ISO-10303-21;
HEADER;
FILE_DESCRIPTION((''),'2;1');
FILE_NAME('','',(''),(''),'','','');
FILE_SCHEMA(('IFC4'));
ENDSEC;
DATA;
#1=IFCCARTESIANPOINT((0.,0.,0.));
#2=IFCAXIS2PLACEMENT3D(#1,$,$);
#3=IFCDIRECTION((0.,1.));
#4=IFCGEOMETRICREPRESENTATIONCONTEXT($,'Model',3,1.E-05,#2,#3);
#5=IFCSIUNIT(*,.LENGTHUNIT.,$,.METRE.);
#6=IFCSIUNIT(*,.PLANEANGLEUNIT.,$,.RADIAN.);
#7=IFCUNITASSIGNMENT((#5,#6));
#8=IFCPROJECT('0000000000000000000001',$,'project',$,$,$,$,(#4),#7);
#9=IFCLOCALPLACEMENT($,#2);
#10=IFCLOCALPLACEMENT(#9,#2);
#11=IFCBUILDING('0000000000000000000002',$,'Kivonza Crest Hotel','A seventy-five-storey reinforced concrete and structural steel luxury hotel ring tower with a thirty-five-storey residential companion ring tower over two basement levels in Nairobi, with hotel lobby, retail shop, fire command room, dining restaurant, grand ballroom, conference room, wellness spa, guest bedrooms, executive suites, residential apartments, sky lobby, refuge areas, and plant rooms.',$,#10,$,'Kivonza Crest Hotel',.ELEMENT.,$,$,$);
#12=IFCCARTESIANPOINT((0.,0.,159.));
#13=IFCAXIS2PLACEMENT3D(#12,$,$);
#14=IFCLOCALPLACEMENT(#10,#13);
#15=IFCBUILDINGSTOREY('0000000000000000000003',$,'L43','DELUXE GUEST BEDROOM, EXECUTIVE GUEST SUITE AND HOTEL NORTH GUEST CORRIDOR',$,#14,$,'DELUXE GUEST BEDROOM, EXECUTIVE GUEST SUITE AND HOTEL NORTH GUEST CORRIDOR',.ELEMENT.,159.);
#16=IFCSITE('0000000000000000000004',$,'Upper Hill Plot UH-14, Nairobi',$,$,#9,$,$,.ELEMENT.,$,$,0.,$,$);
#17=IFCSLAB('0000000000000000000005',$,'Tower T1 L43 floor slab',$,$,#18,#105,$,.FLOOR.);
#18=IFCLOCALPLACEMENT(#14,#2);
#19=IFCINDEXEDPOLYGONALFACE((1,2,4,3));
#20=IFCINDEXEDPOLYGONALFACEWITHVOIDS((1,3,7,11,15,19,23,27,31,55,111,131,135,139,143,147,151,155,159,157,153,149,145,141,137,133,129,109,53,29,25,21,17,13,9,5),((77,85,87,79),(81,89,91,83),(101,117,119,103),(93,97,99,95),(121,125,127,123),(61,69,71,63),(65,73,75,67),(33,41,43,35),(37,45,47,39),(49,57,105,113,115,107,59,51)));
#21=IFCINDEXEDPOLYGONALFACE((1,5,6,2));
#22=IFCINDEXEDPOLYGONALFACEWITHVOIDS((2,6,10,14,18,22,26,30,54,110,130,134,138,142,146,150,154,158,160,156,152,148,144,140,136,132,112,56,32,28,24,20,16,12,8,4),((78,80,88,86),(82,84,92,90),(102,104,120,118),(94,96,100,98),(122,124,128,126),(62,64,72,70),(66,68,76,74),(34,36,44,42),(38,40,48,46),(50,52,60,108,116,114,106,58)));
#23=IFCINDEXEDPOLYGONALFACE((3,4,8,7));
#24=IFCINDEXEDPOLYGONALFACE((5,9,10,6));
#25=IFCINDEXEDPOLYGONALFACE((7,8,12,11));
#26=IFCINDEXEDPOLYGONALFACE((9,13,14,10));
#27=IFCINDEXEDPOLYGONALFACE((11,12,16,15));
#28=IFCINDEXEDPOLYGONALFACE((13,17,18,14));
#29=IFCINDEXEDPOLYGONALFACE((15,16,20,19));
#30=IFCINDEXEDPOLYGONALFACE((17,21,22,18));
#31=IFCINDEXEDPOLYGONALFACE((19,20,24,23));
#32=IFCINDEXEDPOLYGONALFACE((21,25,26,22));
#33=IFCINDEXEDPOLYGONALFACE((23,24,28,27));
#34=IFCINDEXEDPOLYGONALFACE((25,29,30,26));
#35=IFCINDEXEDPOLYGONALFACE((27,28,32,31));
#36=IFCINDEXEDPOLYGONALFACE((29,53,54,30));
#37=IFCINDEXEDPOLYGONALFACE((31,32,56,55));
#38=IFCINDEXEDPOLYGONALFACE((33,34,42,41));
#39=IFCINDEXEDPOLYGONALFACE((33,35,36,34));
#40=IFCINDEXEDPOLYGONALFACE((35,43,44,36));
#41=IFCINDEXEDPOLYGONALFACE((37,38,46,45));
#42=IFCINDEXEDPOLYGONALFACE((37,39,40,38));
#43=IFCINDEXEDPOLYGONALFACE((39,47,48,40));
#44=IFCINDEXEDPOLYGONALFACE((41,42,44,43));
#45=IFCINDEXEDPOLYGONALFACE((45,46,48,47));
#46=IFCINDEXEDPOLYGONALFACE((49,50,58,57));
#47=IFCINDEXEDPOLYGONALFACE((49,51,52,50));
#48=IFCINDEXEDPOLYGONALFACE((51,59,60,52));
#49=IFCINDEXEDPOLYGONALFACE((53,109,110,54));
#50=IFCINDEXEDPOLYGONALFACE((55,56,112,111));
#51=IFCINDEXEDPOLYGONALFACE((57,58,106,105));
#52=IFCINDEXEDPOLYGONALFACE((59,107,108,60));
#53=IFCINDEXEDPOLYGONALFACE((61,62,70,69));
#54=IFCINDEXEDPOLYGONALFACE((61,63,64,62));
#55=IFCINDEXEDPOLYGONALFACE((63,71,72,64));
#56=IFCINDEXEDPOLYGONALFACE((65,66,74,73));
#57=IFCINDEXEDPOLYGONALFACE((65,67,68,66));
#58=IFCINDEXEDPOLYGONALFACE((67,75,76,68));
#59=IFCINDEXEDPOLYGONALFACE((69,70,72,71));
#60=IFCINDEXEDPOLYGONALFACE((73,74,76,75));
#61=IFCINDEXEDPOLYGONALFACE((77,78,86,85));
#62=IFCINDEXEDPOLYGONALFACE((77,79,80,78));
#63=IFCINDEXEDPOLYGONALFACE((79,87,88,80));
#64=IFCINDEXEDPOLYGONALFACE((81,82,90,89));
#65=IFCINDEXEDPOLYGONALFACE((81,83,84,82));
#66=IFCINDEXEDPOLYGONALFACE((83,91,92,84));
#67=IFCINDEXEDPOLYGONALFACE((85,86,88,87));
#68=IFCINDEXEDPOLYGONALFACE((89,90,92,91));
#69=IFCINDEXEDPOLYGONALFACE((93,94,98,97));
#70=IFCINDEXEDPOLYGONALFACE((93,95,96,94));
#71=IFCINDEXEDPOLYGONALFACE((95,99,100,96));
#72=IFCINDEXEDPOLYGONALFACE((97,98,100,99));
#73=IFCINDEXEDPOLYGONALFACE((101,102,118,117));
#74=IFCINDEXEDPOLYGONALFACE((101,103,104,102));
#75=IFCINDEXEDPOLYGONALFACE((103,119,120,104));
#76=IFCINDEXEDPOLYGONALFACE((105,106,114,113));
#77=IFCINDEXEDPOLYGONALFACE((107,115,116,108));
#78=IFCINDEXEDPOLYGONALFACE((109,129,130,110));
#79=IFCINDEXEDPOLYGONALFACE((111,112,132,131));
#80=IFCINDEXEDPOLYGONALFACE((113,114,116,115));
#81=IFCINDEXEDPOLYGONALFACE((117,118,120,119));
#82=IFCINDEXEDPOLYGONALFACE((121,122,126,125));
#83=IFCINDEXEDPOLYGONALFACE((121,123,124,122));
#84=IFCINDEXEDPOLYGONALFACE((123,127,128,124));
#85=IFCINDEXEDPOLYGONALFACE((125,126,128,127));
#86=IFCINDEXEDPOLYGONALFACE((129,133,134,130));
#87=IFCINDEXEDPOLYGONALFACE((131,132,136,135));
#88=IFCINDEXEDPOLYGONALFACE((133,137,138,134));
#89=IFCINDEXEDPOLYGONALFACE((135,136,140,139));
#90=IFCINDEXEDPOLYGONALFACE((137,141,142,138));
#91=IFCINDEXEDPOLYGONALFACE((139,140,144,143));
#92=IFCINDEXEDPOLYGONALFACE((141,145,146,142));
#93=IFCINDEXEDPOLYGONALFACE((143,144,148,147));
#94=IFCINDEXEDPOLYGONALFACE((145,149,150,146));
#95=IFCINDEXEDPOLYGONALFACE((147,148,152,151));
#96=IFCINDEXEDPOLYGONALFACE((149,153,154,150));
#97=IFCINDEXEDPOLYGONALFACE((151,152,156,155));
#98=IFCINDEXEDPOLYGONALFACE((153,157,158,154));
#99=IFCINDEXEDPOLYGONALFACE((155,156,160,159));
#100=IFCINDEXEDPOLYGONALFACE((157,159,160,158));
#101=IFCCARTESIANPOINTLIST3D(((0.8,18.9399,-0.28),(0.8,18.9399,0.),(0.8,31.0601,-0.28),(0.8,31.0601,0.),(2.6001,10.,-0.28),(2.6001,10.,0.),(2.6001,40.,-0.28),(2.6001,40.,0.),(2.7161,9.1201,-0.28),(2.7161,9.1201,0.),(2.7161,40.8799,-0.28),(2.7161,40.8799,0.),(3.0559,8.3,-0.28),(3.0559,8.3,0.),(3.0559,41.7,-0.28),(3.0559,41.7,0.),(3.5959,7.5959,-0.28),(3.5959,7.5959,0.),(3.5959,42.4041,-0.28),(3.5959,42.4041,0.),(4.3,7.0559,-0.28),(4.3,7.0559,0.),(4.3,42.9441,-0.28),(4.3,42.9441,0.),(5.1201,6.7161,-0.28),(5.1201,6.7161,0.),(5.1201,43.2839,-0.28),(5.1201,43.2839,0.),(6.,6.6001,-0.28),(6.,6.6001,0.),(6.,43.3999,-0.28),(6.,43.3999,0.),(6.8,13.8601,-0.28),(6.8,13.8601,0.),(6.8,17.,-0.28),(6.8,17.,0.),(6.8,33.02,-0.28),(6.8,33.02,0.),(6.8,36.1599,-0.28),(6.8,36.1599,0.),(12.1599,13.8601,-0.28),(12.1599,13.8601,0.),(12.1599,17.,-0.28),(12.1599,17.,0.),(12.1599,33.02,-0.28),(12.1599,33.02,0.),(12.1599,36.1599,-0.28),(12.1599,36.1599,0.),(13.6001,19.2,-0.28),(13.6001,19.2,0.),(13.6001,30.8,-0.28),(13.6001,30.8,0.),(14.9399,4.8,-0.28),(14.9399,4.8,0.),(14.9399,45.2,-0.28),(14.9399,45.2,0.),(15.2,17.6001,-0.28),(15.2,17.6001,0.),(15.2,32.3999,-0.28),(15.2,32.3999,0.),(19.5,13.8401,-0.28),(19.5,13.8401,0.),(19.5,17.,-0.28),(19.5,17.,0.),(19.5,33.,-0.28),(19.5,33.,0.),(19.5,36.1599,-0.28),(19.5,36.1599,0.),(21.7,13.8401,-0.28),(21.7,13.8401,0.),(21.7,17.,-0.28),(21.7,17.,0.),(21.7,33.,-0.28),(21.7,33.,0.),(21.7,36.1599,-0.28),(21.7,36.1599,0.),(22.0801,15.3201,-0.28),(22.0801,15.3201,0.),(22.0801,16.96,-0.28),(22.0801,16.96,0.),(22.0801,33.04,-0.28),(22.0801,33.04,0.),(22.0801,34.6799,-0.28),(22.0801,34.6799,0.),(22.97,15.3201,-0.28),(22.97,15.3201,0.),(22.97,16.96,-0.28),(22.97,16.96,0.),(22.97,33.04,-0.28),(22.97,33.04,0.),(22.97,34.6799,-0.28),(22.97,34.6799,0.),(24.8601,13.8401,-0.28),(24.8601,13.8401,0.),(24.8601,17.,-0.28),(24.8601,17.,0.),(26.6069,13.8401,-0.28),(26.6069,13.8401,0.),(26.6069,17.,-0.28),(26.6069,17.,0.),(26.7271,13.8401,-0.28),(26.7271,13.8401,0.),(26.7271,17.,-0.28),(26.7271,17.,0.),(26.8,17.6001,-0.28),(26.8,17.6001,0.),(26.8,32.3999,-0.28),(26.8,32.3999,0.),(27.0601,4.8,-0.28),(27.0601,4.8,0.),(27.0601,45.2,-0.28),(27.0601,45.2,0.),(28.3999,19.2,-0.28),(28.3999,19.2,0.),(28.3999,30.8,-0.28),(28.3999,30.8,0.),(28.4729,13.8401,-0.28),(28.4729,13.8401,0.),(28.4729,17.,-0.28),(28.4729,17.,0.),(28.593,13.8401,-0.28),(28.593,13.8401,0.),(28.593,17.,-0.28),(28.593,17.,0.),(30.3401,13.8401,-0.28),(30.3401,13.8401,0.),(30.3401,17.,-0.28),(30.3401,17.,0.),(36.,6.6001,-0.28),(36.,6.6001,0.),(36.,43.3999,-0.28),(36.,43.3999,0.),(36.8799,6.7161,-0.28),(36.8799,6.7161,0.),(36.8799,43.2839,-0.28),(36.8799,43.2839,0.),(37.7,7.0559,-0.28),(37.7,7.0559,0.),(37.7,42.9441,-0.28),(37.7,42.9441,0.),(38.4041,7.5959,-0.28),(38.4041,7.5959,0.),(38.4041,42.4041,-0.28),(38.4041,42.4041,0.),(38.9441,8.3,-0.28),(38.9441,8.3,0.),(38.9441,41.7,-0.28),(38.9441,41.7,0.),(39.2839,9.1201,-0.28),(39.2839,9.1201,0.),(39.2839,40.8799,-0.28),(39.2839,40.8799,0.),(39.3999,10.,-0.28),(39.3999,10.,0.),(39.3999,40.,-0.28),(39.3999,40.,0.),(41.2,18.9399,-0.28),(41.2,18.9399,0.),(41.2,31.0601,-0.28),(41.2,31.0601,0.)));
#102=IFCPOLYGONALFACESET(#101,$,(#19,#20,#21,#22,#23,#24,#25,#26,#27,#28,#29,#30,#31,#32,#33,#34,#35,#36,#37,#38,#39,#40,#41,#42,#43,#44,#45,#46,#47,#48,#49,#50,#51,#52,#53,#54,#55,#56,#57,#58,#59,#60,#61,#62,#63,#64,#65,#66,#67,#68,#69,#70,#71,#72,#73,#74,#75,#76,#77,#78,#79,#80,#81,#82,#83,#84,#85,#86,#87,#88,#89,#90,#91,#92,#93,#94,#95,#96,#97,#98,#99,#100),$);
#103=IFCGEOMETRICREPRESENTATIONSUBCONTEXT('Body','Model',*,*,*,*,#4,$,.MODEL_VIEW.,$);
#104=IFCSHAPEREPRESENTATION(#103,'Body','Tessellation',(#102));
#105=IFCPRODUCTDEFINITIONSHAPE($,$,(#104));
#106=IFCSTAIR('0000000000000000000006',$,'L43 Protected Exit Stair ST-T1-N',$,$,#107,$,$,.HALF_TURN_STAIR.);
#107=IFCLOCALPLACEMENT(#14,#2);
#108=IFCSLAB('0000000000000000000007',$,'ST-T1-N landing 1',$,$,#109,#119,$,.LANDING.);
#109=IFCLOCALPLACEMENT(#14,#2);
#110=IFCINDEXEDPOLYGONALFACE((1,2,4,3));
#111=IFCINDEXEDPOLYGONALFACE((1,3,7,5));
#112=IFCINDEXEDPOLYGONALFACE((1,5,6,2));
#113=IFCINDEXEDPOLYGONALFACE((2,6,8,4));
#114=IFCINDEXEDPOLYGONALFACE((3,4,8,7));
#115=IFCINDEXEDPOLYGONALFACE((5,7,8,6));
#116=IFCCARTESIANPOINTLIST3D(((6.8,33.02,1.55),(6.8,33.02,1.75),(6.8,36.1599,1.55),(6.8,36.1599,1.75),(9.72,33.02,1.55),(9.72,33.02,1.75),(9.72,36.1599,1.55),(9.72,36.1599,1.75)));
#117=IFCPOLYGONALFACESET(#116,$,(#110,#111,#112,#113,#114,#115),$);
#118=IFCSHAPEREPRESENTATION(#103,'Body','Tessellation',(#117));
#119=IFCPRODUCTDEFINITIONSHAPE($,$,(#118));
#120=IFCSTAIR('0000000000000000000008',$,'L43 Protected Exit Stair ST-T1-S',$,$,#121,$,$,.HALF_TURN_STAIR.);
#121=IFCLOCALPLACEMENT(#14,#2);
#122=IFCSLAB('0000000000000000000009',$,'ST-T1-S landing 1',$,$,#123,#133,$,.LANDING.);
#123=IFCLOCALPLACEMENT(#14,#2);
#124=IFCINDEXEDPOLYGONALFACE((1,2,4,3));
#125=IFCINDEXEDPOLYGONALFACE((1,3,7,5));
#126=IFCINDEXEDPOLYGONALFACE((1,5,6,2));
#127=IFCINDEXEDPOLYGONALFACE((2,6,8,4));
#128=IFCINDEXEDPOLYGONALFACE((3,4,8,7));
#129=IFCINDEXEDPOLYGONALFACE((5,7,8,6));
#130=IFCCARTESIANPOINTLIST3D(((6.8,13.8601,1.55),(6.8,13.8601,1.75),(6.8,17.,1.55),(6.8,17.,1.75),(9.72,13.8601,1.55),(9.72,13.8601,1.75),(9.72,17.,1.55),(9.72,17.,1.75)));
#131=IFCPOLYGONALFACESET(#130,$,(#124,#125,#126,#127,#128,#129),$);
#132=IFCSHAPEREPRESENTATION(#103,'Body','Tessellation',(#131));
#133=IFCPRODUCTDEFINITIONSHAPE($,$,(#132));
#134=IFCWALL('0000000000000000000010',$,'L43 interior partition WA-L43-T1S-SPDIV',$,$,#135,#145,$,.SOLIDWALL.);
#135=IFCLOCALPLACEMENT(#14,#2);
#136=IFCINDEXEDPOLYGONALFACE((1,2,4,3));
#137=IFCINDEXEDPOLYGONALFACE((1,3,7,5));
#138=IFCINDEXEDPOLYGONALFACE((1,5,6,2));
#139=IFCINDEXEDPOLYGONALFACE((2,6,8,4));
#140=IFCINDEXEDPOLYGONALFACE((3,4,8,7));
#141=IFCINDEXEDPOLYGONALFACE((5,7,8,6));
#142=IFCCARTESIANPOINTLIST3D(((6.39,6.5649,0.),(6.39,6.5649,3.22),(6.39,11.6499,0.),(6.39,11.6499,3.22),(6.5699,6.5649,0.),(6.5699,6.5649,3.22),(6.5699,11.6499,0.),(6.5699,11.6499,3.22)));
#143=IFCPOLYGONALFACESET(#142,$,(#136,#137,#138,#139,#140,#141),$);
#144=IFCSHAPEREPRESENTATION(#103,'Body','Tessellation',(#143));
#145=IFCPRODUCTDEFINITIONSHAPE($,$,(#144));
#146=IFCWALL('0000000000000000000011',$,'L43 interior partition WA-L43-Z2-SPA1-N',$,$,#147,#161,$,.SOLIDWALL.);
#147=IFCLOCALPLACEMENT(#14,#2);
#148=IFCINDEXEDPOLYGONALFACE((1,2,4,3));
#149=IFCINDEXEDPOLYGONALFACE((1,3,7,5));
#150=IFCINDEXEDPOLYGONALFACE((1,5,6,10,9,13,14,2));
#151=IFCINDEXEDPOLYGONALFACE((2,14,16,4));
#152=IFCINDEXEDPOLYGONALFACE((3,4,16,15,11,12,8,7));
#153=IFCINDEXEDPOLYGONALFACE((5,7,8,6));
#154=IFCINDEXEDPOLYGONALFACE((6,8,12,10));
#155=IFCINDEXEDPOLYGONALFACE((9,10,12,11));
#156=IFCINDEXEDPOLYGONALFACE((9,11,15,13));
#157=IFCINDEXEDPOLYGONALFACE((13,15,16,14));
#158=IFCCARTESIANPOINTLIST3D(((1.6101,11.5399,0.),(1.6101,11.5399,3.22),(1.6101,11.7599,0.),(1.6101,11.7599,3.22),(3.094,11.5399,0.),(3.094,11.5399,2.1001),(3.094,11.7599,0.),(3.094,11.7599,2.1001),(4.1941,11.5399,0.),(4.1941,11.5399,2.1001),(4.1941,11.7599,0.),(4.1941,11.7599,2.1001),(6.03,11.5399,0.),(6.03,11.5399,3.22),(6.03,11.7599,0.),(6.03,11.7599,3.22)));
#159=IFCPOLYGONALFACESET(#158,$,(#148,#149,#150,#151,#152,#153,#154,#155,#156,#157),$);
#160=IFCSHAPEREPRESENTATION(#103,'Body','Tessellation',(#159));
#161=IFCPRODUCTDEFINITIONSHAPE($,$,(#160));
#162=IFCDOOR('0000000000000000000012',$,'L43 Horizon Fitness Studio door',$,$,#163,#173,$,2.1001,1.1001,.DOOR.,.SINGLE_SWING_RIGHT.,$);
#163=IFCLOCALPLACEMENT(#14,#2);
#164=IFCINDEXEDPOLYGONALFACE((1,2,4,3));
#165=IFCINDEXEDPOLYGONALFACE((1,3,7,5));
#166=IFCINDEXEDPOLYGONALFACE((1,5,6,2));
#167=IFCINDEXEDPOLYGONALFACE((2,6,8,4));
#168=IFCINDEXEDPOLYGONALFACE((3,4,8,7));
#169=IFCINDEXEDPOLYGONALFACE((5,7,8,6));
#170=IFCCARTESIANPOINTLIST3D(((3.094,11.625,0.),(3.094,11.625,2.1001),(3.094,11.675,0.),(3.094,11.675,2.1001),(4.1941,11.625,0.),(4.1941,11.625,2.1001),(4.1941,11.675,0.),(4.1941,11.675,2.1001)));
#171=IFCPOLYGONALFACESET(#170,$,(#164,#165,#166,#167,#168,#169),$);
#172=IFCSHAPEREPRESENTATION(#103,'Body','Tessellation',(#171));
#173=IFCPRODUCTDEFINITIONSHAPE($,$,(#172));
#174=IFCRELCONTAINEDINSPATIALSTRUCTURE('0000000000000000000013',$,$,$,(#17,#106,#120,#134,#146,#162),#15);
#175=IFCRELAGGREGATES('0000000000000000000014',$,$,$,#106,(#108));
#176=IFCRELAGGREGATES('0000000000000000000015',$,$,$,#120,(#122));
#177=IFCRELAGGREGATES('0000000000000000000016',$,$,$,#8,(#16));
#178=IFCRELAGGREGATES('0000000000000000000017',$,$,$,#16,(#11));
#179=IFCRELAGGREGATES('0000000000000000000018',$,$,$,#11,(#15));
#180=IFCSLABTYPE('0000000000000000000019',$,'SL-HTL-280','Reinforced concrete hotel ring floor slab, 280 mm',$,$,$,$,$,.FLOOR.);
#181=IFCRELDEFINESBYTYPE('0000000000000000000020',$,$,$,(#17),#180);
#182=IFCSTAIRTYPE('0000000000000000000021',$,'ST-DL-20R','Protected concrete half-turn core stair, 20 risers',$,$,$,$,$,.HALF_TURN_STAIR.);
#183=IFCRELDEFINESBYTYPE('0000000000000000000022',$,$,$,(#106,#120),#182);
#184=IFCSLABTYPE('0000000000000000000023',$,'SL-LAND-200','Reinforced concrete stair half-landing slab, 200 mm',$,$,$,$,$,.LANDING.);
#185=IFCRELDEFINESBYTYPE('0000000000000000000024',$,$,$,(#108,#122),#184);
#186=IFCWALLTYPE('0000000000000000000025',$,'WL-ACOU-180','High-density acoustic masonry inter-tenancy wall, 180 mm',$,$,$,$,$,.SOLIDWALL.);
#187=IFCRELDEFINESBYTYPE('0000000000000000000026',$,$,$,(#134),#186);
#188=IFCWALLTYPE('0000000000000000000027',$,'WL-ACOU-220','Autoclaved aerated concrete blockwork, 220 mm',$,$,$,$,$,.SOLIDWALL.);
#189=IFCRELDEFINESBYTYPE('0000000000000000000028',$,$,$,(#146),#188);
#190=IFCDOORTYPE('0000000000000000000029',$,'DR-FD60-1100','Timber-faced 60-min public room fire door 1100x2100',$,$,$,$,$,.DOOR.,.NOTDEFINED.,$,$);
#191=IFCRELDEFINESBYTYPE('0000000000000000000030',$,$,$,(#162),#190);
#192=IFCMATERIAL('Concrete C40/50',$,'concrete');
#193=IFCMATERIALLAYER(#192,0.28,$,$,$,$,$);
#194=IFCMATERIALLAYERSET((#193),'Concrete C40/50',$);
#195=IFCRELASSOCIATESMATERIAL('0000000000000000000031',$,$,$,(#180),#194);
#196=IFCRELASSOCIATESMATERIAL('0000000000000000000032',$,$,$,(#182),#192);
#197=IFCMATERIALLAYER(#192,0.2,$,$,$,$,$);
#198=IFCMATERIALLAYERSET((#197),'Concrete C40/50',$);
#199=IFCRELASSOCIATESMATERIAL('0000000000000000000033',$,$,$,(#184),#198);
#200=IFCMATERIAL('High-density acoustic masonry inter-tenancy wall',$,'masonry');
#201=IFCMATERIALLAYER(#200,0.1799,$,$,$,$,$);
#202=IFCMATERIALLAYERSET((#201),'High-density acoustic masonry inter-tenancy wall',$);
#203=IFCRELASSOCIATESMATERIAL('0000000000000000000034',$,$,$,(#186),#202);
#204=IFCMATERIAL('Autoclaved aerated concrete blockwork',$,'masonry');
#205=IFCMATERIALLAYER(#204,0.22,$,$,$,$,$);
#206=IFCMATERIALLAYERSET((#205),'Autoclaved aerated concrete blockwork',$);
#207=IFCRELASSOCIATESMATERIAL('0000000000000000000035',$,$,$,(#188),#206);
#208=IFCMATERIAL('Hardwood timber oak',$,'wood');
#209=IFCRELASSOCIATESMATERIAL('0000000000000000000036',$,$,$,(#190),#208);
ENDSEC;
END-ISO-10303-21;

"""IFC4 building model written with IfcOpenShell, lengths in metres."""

from ifc_helpers import new_model, si_unit, direction, frame, frame_2d, origin, place, context, subcontext, project, spatial, polyline, rectangle, outline, extrude, material, layer, layer_set, type_object, element, fill, aggregate, save


model = new_model("IFC4")

# Units and contexts
model_context = context("Model", 3, precision=1e-05, world=origin(), true_north=direction((0.0, 1.0)))
body_context = subcontext(model_context, "Body", "Model", "MODEL_VIEW")
ifc_project = project(units=[si_unit("LENGTHUNIT", "METRE"), si_unit("PLANEANGLEUNIT", "RADIAN")], contexts=[model_context])

# Site, building, storey
site_placement = place(None, origin())
site = spatial("IfcSite", under=ifc_project, at=site_placement, Name="Upper Hill Plot UH-14, Nairobi", CompositionType="ELEMENT", RefElevation=0.0)
building_placement = place(site_placement, origin())
building = spatial("IfcBuilding", under=site, at=building_placement, Name="Kivonza Crest Hotel", Description="A seventy-five-storey reinforced concrete and structural steel luxury hotel ring tower with a thirty-five-storey residential companion ring tower over two basement levels in Nairobi, with hotel lobby, retail shop, fire command room, dining restaurant, grand ballroom, conference room, wellness spa, guest bedrooms, executive suites, residential apartments, sky lobby, refuge areas, and plant rooms.", LongName="Kivonza Crest Hotel", CompositionType="ELEMENT")
storey_placement = place(building_placement, frame((0.0, 0.0, 159.0)))
storey = spatial("IfcBuildingStorey", under=building, at=storey_placement, Name="L43", Description="DELUXE GUEST BEDROOM, EXECUTIVE GUEST SUITE AND HOTEL NORTH GUEST CORRIDOR", LongName="DELUXE GUEST BEDROOM, EXECUTIVE GUEST SUITE AND HOTEL NORTH GUEST CORRIDOR", CompositionType="ELEMENT", Elevation=159.0)

# Slab
ifc_material_1 = material(Name="Concrete C40/50", Category="concrete")
ifc_layer_1 = layer(ifc_material_1, 0.28)
ifc_layer_set_1 = layer_set([ifc_layer_1], Name="Concrete C40/50")
slab_type_1 = type_object("IfcSlabType", Name="SL-HTL-280", Description="Reinforced concrete hotel ring floor slab, 280 mm", PredefinedType="FLOOR", material=ifc_layer_set_1)
slab_1_placement = place(storey_placement, frame((0.0, 0.0, -0.28)))
element("IfcSlab", 1, at=slab_1_placement, inside=storey, type_object=slab_type_1, Name="Tower T1 L43 floor slab", PredefinedType="FLOOR", context=body_context, shape_type="SweptSolid", body=[
    extrude(outline(polyline([(2.6001, 10.0), (2.7161, 9.1201), (3.0559, 8.3), (3.5959, 7.5959), (4.3, 7.0559), (5.1201, 6.7161), (6.0, 6.6001), (14.9399, 4.8), (27.0601, 4.8), (36.0, 6.6001), (36.8799, 6.7161), (37.7, 7.0559), (38.4041, 7.5959), (38.9441, 8.3), (39.2839, 9.1201), (39.3999, 10.0), (41.2, 18.9399), (41.2, 31.0601), (39.3999, 40.0), (39.2839, 40.8799), (38.9441, 41.7), (38.4041, 42.4041), (37.7, 42.9441), (36.8799, 43.2839), (36.0, 43.3999), (27.0601, 45.2), (14.9399, 45.2), (6.0, 43.3999), (5.1201, 43.2839), (4.3, 42.9441), (3.5959, 42.4041), (3.0559, 41.7), (2.7161, 40.8799), (2.6001, 40.0), (0.8, 31.0601), (0.8, 18.9399), (2.6001, 10.0)]), holes=[polyline([(15.2, 17.6001), (26.8, 17.6001), (28.3999, 19.2), (28.3999, 30.8), (26.8, 32.3999), (15.2, 32.3999), (13.6001, 30.8), (13.6001, 19.2), (15.2, 17.6001)]), polyline([(6.8, 33.02), (12.1599, 33.02), (12.1599, 36.1599), (6.8, 36.1599), (6.8, 33.02)]), polyline([(6.8, 13.8601), (12.1599, 13.8601), (12.1599, 17.0), (6.8, 17.0), (6.8, 13.8601)]), polyline([(22.0801, 33.04), (22.97, 33.04), (22.97, 34.6799), (22.0801, 34.6799), (22.0801, 33.04)]), polyline([(22.0801, 15.3201), (22.97, 15.3201), (22.97, 16.96), (22.0801, 16.96), (22.0801, 15.3201)]), polyline([(19.5, 33.0), (21.7, 33.0), (21.7, 36.1599), (19.5, 36.1599), (19.5, 33.0)]), polyline([(19.5, 13.8401), (21.7, 13.8401), (21.7, 17.0), (19.5, 17.0), (19.5, 13.8401)]), polyline([(24.8601, 13.8401), (26.6069, 13.8401), (26.6069, 17.0), (24.8601, 17.0), (24.8601, 13.8401)]), polyline([(26.7271, 13.8401), (28.4729, 13.8401), (28.4729, 17.0), (26.7271, 17.0), (26.7271, 13.8401)]), polyline([(28.593, 13.8401), (30.3401, 13.8401), (30.3401, 17.0), (28.593, 17.0), (28.593, 13.8401)])]), origin(), (0.0, 0.0, 1.0), 0.28),
])

# Stairs, slabs
stair_type = type_object("IfcStairType", Name="ST-DL-20R", Description="Protected concrete half-turn core stair, 20 risers", PredefinedType="HALF_TURN_STAIR", material=ifc_material_1)
stair_1_placement = place(storey_placement, origin())
stair_1 = element("IfcStair", 2, at=stair_1_placement, inside=storey, type_object=stair_type, Name="L43 Protected Exit Stair ST-T1-N", PredefinedType="HALF_TURN_STAIR")
ifc_layer_2 = layer(ifc_material_1, 0.2)
ifc_layer_set_2 = layer_set([ifc_layer_2], Name="Concrete C40/50")
slab_type_2 = type_object("IfcSlabType", Name="SL-LAND-200", Description="Reinforced concrete stair half-landing slab, 200 mm", PredefinedType="LANDING", material=ifc_layer_set_2)
slab_2_placement = place(storey_placement, frame((0.0, 0.0, 1.55)))
slab_2 = element("IfcSlab", 3, at=slab_2_placement, type_object=slab_type_2, Name="ST-T1-N landing 1", PredefinedType="LANDING", context=body_context, shape_type="SweptSolid", body=[
    extrude(outline(polyline([(9.72, 36.1599), (6.8, 36.1599), (6.8, 33.02), (9.72, 33.02), (9.72, 36.1599)])), origin(), (0.0, 0.0, 1.0), 0.2),
])
aggregate(stair_1, [slab_2])
stair_2_placement = place(storey_placement, origin())
stair_2 = element("IfcStair", 4, at=stair_2_placement, inside=storey, type_object=stair_type, Name="L43 Protected Exit Stair ST-T1-S", PredefinedType="HALF_TURN_STAIR")
slab_3_placement = place(storey_placement, frame((0.0, 0.0, 1.55)))
slab_3 = element("IfcSlab", 5, at=slab_3_placement, type_object=slab_type_2, Name="ST-T1-S landing 1", PredefinedType="LANDING", context=body_context, shape_type="SweptSolid", body=[
    extrude(outline(polyline([(9.72, 17.0), (6.8, 17.0), (6.8, 13.8601), (9.72, 13.8601), (9.72, 17.0)])), origin(), (0.0, 0.0, 1.0), 0.2),
])
aggregate(stair_2, [slab_3])

# Wall
ifc_material_2 = material(Name="High-density acoustic masonry inter-tenancy wall", Category="masonry")
ifc_layer_3 = layer(ifc_material_2, 0.1799)
ifc_layer_set_3 = layer_set([ifc_layer_3], Name="High-density acoustic masonry inter-tenancy wall")
wall_type_1 = type_object("IfcWallType", Name="WL-ACOU-180", Description="High-density acoustic masonry inter-tenancy wall, 180 mm", PredefinedType="SOLIDWALL", material=ifc_layer_set_3)
wall_1_placement = place(storey_placement, frame((6.48, 6.5649, 0.0), z_axis=(0.0, 0.0, 1.0), x_axis=(0.0, 1.0, 0.0)))
element("IfcWall", 6, at=wall_1_placement, inside=storey, type_object=wall_type_1, Name="L43 interior partition WA-L43-T1S-SPDIV", PredefinedType="SOLIDWALL", context=body_context, shape_type="SweptSolid", body=[
    extrude(rectangle(XDim=5.085, YDim=0.1799, at=frame_2d((2.5425, 0.0))), origin(), (0.0, 0.0, 1.0), 3.22),
])

# Wall, opening, door
ifc_material_3 = material(Name="Autoclaved aerated concrete blockwork", Category="masonry")
ifc_layer_4 = layer(ifc_material_3, 0.22)
ifc_layer_set_4 = layer_set([ifc_layer_4], Name="Autoclaved aerated concrete blockwork")
wall_type_2 = type_object("IfcWallType", Name="WL-ACOU-220", Description="Autoclaved aerated concrete blockwork, 220 mm", PredefinedType="SOLIDWALL", material=ifc_layer_set_4)
wall_2_placement = place(storey_placement, frame((1.6101, 11.6499, 0.0), z_axis=(0.0, 0.0, 1.0), x_axis=(1.0, 0.0, 0.0)))
wall_2 = element("IfcWall", 7, at=wall_2_placement, inside=storey, type_object=wall_type_2, Name="L43 interior partition WA-L43-Z2-SPA1-N", PredefinedType="SOLIDWALL", context=body_context, shape_type="SweptSolid", body=[
    extrude(rectangle(XDim=4.4199, YDim=0.22, at=frame_2d((2.21, 0.0))), origin(), (0.0, 0.0, 1.0), 3.22),
])
opening_1_placement = place(wall_2_placement, frame((1.4839, 0.0, 0.0)))
opening_1 = element("IfcOpeningElement", 8, at=opening_1_placement, cuts=wall_2, PredefinedType="OPENING", context=body_context, shape_type="SweptSolid", body=[
    extrude(rectangle(XDim=1.1001, YDim=2.1001, at=frame_2d((0.55, 1.05))), frame((0.0, 0.1201, 0.0), z_axis=(0.0, -1.0, 0.0), x_axis=(1.0, 0.0, 0.0)), (0.0, 0.0, 1.0), 0.24),
])
ifc_material_4 = material(Name="Hardwood timber oak", Category="wood")
door_type = type_object("IfcDoorType", Name="DR-FD60-1100", Description="Timber-faced 60-min public room fire door 1100x2100", OperationType="NOTDEFINED", PredefinedType="DOOR", material=ifc_material_4)
door_1_placement = place(opening_1_placement, frame((1.1001, 0.0, 0.0), z_axis=(0.0, 0.0, 1.0), x_axis=(-1.0, 0.0, 0.0)))
door_1 = element("IfcDoor", 9, at=door_1_placement, inside=storey, type_object=door_type, Name="L43 Horizon Fitness Studio door", OperationType="SINGLE_SWING_RIGHT", OverallHeight=2.1001, OverallWidth=1.1001, PredefinedType="DOOR", context=body_context, shape_type="SweptSolid", body=[
    extrude(rectangle(XDim=1.1001, YDim=2.1001, at=frame_2d((0.55, 1.05))), frame((0.0, 0.0249, 0.0), z_axis=(0.0, -1.0, 0.0), x_axis=(1.0, 0.0, 0.0)), (0.0, 0.0, 1.0), 0.05),
])
fill(opening_1, door_1)

save(model, "model.ifc")
